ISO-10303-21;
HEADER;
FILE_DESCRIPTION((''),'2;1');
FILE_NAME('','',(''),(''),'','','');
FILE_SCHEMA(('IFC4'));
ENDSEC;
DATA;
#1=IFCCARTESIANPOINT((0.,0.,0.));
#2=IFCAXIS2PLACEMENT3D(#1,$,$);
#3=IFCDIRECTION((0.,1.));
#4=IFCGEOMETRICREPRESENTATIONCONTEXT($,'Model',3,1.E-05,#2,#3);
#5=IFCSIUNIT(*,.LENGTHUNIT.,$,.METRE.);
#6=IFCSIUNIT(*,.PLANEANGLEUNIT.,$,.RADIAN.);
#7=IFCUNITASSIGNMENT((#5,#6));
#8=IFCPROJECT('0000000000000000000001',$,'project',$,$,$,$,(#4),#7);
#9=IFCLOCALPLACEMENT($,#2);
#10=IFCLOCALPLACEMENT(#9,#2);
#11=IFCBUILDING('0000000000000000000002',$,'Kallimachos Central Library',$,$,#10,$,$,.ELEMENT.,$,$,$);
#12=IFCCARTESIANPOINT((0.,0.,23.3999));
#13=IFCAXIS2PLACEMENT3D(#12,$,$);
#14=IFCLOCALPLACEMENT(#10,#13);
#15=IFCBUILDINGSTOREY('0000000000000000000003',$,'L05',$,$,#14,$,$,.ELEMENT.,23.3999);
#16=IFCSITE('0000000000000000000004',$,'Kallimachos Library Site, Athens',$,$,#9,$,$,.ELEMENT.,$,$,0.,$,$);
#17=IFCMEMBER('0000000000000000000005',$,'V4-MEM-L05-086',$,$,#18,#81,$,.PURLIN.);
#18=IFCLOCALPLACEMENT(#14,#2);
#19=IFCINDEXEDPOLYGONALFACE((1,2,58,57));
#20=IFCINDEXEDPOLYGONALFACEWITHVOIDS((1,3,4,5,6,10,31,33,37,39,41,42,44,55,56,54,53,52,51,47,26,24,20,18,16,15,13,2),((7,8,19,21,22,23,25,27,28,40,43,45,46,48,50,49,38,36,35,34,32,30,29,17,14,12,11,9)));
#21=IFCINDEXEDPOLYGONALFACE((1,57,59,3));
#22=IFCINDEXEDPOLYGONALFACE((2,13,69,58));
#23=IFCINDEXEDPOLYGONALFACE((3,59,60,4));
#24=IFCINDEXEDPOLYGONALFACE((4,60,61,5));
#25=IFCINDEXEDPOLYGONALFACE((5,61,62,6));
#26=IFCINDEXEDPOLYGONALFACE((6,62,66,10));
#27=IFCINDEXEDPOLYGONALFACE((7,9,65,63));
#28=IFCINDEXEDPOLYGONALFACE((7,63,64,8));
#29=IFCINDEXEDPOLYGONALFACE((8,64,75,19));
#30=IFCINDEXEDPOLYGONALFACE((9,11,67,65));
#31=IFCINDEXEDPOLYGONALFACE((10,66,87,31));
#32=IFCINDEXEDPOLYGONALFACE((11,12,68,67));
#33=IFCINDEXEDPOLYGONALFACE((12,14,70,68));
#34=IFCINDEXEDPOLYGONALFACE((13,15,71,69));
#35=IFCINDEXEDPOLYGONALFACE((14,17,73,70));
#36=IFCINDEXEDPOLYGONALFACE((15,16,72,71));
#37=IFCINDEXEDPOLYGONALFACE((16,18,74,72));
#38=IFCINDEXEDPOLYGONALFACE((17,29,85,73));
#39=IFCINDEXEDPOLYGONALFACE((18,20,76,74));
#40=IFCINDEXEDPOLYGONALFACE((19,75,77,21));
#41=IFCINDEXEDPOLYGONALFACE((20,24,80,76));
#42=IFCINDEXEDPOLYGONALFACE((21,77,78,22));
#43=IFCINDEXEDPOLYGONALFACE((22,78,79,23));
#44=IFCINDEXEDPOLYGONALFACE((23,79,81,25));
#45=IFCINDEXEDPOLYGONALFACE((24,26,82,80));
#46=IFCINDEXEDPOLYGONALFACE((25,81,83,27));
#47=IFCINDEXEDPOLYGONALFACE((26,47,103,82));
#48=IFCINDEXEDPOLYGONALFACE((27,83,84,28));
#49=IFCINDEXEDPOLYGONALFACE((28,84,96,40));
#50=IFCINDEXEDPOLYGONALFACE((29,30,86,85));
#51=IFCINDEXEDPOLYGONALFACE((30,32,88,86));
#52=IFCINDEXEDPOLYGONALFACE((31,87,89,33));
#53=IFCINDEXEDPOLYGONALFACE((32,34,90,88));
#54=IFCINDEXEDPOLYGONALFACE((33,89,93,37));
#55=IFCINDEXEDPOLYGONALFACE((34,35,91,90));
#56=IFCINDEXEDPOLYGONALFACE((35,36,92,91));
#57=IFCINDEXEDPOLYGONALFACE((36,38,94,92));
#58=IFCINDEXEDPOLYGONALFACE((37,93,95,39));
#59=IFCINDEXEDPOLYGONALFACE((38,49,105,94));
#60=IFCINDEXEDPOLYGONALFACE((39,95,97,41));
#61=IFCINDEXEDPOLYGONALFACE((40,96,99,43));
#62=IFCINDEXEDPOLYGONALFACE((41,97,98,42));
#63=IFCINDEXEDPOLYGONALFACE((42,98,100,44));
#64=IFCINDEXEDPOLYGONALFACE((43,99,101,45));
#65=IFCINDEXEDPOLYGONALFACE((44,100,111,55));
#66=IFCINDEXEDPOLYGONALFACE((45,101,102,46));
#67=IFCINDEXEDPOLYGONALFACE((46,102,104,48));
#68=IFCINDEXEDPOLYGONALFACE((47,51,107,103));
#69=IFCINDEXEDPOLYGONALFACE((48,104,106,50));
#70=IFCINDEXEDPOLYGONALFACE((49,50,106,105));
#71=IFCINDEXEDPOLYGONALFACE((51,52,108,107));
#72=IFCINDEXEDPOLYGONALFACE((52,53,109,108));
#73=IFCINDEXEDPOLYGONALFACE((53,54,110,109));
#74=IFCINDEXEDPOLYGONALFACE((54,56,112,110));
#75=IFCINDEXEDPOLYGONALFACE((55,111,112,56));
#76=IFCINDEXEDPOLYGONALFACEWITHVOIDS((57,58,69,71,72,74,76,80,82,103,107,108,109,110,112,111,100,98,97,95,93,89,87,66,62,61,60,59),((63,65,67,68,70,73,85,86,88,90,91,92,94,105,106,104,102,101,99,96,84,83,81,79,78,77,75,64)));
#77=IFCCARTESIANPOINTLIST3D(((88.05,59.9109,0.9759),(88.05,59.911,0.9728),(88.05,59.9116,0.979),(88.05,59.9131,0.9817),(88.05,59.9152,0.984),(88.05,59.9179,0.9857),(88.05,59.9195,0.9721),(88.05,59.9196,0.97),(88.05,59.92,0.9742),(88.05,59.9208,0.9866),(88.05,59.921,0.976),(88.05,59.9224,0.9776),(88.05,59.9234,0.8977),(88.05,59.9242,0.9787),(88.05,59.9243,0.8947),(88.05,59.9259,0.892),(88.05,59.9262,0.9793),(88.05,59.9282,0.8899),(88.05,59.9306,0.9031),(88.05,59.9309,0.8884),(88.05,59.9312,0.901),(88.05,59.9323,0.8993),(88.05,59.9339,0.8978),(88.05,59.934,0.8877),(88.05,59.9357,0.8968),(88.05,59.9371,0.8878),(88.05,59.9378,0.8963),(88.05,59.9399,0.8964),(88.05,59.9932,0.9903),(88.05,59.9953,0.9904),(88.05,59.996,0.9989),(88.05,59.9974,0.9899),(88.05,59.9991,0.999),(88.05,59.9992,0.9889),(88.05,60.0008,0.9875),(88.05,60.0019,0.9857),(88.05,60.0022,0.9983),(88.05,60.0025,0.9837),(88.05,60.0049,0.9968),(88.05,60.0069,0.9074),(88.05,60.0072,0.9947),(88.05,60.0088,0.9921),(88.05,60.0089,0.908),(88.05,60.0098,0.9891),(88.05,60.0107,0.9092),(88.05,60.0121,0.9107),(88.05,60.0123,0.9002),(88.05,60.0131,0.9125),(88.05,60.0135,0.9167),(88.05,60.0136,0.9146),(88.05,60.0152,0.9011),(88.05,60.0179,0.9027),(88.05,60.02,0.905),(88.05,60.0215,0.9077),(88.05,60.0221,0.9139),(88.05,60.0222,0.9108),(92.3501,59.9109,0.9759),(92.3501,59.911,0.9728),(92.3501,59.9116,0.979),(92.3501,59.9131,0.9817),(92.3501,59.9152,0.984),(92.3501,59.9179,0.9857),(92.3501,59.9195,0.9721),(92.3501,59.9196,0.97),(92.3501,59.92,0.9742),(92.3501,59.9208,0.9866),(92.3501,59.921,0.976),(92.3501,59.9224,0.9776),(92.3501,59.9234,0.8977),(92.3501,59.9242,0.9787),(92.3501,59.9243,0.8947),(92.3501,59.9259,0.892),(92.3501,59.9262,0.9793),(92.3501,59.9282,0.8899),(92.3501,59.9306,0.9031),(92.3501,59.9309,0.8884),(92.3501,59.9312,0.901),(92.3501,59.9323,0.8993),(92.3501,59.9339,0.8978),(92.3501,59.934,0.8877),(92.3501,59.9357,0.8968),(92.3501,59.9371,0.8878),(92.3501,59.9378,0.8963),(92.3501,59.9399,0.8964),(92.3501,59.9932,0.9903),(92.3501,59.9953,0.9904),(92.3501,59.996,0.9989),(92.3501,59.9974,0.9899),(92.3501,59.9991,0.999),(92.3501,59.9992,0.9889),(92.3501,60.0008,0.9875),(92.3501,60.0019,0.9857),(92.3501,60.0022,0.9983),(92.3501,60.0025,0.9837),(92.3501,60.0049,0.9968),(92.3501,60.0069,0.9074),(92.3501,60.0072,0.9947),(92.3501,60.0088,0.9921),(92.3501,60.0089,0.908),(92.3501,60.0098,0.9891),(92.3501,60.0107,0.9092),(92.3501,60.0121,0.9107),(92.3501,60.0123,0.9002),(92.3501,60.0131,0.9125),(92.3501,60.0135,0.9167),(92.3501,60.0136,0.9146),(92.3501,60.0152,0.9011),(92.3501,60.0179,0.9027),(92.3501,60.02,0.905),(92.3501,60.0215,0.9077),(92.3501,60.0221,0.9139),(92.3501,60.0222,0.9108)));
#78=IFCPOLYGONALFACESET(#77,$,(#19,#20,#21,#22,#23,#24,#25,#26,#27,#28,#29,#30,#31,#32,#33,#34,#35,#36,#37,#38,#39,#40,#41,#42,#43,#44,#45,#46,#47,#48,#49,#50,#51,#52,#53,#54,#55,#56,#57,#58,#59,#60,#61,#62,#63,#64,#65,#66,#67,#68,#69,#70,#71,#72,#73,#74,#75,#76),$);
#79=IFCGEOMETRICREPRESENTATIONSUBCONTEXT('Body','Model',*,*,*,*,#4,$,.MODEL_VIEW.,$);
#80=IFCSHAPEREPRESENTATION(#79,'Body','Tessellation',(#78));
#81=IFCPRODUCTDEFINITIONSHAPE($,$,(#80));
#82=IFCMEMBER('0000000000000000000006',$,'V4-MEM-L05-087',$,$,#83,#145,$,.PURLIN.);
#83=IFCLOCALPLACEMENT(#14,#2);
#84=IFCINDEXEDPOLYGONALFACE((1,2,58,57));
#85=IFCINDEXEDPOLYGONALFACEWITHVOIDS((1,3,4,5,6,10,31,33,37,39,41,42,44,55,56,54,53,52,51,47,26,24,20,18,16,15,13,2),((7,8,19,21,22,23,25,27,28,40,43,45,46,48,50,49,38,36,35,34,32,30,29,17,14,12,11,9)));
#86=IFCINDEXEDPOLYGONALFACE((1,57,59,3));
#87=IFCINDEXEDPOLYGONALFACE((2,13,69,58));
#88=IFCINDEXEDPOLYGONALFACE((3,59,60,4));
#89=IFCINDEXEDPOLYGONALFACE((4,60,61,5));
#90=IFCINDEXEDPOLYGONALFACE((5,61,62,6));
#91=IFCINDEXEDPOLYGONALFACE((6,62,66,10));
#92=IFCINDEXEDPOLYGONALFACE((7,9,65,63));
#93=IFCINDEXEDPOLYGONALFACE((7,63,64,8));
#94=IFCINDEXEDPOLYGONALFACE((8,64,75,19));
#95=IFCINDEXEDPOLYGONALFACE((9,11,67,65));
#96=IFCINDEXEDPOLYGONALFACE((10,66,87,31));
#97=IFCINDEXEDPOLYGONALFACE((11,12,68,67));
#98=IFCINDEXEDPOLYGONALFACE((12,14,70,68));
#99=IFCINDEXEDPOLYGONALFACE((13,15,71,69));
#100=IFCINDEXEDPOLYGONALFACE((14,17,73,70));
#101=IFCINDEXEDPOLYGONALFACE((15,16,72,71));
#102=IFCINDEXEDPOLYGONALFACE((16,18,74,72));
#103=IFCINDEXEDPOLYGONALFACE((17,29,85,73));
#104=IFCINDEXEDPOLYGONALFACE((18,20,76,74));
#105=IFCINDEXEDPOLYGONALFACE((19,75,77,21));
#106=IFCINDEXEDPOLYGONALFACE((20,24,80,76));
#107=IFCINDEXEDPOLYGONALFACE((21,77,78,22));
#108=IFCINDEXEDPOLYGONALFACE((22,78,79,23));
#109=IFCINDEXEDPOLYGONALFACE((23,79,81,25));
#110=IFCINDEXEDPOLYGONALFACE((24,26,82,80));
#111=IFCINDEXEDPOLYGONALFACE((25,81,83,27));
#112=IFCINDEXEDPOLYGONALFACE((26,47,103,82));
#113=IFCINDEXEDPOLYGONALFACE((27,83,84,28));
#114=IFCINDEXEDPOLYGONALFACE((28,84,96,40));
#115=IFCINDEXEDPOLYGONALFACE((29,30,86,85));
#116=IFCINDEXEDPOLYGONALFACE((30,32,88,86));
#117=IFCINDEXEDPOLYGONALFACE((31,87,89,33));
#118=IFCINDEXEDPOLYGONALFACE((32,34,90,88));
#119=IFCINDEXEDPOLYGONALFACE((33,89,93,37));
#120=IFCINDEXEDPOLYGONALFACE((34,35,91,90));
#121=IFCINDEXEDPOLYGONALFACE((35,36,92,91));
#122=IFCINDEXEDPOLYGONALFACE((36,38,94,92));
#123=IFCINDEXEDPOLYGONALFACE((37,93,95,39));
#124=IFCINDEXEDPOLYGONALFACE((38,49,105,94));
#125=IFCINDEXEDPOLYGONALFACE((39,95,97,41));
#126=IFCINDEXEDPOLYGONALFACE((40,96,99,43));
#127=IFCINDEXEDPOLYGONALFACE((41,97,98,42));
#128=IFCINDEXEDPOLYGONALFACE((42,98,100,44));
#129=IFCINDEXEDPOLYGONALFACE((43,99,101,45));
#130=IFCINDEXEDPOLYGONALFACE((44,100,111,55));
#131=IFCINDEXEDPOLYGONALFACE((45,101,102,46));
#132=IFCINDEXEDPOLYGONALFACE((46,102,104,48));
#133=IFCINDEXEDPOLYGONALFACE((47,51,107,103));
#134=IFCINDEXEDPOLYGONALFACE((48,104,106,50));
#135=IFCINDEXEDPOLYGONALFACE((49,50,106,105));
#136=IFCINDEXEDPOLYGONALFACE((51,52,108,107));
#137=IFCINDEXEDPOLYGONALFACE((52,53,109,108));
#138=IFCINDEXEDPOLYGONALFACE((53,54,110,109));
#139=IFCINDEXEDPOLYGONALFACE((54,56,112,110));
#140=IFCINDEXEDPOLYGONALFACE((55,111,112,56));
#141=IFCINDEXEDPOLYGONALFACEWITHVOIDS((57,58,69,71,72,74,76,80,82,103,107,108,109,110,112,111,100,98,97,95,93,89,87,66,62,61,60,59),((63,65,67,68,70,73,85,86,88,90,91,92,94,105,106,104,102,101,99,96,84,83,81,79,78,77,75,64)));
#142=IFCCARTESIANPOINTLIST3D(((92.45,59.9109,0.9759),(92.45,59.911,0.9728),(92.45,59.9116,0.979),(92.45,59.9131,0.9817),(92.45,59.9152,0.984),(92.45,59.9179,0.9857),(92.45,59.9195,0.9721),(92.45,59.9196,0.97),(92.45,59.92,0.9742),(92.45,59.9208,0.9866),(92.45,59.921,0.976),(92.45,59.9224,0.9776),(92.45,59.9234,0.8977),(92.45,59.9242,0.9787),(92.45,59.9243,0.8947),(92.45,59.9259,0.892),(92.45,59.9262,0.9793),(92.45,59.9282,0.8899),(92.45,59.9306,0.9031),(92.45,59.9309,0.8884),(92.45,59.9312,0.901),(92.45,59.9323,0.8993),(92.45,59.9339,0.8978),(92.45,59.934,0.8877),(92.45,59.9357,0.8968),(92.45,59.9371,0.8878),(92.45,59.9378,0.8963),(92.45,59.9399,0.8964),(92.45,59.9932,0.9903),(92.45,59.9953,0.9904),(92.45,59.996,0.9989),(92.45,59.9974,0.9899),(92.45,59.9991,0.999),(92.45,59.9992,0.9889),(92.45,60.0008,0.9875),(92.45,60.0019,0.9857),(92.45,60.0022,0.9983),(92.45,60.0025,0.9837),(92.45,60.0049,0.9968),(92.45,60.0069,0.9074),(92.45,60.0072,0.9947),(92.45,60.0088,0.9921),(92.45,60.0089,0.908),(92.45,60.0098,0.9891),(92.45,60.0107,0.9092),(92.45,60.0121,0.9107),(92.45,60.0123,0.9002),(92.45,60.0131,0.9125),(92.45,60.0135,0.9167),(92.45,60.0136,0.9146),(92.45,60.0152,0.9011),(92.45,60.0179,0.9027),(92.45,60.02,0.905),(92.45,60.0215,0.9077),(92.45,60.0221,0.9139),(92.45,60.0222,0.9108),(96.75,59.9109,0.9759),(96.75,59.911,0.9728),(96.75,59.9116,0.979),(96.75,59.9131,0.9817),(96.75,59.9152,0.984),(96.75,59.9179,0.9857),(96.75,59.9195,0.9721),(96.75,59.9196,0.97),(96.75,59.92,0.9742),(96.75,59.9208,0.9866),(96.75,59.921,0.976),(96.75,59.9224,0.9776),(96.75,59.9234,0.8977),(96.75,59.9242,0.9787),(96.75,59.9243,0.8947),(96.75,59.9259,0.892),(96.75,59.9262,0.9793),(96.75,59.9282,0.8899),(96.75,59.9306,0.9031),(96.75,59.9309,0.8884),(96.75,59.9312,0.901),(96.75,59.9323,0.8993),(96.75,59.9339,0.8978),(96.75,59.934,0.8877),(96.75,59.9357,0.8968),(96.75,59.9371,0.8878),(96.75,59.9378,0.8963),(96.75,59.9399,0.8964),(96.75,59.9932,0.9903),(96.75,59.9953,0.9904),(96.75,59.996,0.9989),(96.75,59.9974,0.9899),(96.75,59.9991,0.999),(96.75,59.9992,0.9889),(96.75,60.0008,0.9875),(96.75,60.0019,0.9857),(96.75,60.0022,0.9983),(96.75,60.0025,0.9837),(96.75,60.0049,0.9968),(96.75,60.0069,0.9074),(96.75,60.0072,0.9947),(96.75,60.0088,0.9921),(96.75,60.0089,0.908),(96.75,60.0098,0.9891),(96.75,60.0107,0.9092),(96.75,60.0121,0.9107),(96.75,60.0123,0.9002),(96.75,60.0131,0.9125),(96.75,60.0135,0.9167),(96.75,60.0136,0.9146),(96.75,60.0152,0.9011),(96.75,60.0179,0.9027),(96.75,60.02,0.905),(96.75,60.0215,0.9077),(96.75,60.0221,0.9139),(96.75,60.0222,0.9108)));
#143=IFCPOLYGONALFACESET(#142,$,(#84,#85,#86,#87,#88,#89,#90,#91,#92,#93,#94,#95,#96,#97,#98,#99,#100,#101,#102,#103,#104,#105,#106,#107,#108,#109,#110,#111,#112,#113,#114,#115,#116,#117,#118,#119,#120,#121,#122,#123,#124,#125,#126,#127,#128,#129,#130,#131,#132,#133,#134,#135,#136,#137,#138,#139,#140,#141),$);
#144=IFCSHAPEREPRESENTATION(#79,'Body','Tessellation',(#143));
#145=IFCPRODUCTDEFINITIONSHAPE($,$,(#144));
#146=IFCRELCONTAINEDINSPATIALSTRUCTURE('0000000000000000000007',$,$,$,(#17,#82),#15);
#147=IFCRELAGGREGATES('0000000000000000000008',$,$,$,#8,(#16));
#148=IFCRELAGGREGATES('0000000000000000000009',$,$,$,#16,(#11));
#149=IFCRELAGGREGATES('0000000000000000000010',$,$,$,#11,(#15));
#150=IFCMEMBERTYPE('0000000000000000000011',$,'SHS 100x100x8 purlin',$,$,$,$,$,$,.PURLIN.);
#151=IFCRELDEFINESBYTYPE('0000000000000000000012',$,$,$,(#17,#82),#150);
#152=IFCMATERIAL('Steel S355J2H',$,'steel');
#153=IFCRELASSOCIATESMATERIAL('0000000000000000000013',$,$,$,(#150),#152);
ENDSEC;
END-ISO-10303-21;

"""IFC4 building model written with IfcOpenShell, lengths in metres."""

from ifc_helpers import new_model, si_unit, direction, frame, origin, origin_2d, place, context, subcontext, project, spatial, hollow_rectangle, extrude, material, material_profile, profile_set, type_object, element, save


model = new_model("IFC4")

# Units and contexts
model_context = context("Model", 3, precision=1e-05, world=origin(), true_north=direction((0.0, 1.0)))
body_context = subcontext(model_context, "Body", "Model", "MODEL_VIEW")
ifc_project = project(units=[si_unit("LENGTHUNIT", "METRE"), si_unit("PLANEANGLEUNIT", "RADIAN")], contexts=[model_context])

# Site, building, storey
site_placement = place(None, origin())
site = spatial("IfcSite", under=ifc_project, at=site_placement, Name="Kallimachos Library Site, Athens", CompositionType="ELEMENT", RefElevation=0.0)
building_placement = place(site_placement, origin())
building = spatial("IfcBuilding", under=site, at=building_placement, Name="Kallimachos Central Library", CompositionType="ELEMENT")
storey_placement = place(building_placement, frame((0.0, 0.0, 23.3999)))
storey = spatial("IfcBuildingStorey", under=building, at=storey_placement, Name="L05", CompositionType="ELEMENT", Elevation=23.3999)

# Members
ifc_material_1 = material(Name="Steel S355J2H", Category="steel")
ifc_material_profile_1 = material_profile(ifc_material_1, hollow_rectangle(XDim=0.1001, YDim=0.1001, WallThickness=0.0081, InnerFilletRadius=0.0081, OuterFilletRadius=0.012, at=origin_2d()), Name="SHS 100x100x8")
ifc_profile_set_1 = profile_set([ifc_material_profile_1], Name="Steel S355J2H")
member_type_1 = type_object("IfcMemberType", Name="SHS 100x100x8 purlin", PredefinedType="PURLIN", material=ifc_profile_set_1)
for number, where, z_axis, x_axis, name in (
    (1, (88.05, 59.9666, 0.9434), (1.0, 0.0, 0.0), (0.0, 0.986728, 0.16238), "V4-MEM-L05-086"),
    (2, (92.45, 59.9666, 0.9434), (1.0, 0.0, 0.0), (0.0, 0.986728, 0.16238), "V4-MEM-L05-087"),
):
    element("IfcMember", number, at=place(storey_placement, frame(where, z_axis=z_axis, x_axis=x_axis)), inside=storey, type_object=member_type_1, Name=name, PredefinedType="PURLIN", context=body_context, shape_type="SweptSolid", body=[
        extrude(hollow_rectangle(XDim=0.1001, YDim=0.1001, WallThickness=0.0081, InnerFilletRadius=0.0081, OuterFilletRadius=0.012, at=origin_2d()), origin(), (0.0, 0.0, 1.0), 4.3),
    ])

save(model, "model.ifc")
